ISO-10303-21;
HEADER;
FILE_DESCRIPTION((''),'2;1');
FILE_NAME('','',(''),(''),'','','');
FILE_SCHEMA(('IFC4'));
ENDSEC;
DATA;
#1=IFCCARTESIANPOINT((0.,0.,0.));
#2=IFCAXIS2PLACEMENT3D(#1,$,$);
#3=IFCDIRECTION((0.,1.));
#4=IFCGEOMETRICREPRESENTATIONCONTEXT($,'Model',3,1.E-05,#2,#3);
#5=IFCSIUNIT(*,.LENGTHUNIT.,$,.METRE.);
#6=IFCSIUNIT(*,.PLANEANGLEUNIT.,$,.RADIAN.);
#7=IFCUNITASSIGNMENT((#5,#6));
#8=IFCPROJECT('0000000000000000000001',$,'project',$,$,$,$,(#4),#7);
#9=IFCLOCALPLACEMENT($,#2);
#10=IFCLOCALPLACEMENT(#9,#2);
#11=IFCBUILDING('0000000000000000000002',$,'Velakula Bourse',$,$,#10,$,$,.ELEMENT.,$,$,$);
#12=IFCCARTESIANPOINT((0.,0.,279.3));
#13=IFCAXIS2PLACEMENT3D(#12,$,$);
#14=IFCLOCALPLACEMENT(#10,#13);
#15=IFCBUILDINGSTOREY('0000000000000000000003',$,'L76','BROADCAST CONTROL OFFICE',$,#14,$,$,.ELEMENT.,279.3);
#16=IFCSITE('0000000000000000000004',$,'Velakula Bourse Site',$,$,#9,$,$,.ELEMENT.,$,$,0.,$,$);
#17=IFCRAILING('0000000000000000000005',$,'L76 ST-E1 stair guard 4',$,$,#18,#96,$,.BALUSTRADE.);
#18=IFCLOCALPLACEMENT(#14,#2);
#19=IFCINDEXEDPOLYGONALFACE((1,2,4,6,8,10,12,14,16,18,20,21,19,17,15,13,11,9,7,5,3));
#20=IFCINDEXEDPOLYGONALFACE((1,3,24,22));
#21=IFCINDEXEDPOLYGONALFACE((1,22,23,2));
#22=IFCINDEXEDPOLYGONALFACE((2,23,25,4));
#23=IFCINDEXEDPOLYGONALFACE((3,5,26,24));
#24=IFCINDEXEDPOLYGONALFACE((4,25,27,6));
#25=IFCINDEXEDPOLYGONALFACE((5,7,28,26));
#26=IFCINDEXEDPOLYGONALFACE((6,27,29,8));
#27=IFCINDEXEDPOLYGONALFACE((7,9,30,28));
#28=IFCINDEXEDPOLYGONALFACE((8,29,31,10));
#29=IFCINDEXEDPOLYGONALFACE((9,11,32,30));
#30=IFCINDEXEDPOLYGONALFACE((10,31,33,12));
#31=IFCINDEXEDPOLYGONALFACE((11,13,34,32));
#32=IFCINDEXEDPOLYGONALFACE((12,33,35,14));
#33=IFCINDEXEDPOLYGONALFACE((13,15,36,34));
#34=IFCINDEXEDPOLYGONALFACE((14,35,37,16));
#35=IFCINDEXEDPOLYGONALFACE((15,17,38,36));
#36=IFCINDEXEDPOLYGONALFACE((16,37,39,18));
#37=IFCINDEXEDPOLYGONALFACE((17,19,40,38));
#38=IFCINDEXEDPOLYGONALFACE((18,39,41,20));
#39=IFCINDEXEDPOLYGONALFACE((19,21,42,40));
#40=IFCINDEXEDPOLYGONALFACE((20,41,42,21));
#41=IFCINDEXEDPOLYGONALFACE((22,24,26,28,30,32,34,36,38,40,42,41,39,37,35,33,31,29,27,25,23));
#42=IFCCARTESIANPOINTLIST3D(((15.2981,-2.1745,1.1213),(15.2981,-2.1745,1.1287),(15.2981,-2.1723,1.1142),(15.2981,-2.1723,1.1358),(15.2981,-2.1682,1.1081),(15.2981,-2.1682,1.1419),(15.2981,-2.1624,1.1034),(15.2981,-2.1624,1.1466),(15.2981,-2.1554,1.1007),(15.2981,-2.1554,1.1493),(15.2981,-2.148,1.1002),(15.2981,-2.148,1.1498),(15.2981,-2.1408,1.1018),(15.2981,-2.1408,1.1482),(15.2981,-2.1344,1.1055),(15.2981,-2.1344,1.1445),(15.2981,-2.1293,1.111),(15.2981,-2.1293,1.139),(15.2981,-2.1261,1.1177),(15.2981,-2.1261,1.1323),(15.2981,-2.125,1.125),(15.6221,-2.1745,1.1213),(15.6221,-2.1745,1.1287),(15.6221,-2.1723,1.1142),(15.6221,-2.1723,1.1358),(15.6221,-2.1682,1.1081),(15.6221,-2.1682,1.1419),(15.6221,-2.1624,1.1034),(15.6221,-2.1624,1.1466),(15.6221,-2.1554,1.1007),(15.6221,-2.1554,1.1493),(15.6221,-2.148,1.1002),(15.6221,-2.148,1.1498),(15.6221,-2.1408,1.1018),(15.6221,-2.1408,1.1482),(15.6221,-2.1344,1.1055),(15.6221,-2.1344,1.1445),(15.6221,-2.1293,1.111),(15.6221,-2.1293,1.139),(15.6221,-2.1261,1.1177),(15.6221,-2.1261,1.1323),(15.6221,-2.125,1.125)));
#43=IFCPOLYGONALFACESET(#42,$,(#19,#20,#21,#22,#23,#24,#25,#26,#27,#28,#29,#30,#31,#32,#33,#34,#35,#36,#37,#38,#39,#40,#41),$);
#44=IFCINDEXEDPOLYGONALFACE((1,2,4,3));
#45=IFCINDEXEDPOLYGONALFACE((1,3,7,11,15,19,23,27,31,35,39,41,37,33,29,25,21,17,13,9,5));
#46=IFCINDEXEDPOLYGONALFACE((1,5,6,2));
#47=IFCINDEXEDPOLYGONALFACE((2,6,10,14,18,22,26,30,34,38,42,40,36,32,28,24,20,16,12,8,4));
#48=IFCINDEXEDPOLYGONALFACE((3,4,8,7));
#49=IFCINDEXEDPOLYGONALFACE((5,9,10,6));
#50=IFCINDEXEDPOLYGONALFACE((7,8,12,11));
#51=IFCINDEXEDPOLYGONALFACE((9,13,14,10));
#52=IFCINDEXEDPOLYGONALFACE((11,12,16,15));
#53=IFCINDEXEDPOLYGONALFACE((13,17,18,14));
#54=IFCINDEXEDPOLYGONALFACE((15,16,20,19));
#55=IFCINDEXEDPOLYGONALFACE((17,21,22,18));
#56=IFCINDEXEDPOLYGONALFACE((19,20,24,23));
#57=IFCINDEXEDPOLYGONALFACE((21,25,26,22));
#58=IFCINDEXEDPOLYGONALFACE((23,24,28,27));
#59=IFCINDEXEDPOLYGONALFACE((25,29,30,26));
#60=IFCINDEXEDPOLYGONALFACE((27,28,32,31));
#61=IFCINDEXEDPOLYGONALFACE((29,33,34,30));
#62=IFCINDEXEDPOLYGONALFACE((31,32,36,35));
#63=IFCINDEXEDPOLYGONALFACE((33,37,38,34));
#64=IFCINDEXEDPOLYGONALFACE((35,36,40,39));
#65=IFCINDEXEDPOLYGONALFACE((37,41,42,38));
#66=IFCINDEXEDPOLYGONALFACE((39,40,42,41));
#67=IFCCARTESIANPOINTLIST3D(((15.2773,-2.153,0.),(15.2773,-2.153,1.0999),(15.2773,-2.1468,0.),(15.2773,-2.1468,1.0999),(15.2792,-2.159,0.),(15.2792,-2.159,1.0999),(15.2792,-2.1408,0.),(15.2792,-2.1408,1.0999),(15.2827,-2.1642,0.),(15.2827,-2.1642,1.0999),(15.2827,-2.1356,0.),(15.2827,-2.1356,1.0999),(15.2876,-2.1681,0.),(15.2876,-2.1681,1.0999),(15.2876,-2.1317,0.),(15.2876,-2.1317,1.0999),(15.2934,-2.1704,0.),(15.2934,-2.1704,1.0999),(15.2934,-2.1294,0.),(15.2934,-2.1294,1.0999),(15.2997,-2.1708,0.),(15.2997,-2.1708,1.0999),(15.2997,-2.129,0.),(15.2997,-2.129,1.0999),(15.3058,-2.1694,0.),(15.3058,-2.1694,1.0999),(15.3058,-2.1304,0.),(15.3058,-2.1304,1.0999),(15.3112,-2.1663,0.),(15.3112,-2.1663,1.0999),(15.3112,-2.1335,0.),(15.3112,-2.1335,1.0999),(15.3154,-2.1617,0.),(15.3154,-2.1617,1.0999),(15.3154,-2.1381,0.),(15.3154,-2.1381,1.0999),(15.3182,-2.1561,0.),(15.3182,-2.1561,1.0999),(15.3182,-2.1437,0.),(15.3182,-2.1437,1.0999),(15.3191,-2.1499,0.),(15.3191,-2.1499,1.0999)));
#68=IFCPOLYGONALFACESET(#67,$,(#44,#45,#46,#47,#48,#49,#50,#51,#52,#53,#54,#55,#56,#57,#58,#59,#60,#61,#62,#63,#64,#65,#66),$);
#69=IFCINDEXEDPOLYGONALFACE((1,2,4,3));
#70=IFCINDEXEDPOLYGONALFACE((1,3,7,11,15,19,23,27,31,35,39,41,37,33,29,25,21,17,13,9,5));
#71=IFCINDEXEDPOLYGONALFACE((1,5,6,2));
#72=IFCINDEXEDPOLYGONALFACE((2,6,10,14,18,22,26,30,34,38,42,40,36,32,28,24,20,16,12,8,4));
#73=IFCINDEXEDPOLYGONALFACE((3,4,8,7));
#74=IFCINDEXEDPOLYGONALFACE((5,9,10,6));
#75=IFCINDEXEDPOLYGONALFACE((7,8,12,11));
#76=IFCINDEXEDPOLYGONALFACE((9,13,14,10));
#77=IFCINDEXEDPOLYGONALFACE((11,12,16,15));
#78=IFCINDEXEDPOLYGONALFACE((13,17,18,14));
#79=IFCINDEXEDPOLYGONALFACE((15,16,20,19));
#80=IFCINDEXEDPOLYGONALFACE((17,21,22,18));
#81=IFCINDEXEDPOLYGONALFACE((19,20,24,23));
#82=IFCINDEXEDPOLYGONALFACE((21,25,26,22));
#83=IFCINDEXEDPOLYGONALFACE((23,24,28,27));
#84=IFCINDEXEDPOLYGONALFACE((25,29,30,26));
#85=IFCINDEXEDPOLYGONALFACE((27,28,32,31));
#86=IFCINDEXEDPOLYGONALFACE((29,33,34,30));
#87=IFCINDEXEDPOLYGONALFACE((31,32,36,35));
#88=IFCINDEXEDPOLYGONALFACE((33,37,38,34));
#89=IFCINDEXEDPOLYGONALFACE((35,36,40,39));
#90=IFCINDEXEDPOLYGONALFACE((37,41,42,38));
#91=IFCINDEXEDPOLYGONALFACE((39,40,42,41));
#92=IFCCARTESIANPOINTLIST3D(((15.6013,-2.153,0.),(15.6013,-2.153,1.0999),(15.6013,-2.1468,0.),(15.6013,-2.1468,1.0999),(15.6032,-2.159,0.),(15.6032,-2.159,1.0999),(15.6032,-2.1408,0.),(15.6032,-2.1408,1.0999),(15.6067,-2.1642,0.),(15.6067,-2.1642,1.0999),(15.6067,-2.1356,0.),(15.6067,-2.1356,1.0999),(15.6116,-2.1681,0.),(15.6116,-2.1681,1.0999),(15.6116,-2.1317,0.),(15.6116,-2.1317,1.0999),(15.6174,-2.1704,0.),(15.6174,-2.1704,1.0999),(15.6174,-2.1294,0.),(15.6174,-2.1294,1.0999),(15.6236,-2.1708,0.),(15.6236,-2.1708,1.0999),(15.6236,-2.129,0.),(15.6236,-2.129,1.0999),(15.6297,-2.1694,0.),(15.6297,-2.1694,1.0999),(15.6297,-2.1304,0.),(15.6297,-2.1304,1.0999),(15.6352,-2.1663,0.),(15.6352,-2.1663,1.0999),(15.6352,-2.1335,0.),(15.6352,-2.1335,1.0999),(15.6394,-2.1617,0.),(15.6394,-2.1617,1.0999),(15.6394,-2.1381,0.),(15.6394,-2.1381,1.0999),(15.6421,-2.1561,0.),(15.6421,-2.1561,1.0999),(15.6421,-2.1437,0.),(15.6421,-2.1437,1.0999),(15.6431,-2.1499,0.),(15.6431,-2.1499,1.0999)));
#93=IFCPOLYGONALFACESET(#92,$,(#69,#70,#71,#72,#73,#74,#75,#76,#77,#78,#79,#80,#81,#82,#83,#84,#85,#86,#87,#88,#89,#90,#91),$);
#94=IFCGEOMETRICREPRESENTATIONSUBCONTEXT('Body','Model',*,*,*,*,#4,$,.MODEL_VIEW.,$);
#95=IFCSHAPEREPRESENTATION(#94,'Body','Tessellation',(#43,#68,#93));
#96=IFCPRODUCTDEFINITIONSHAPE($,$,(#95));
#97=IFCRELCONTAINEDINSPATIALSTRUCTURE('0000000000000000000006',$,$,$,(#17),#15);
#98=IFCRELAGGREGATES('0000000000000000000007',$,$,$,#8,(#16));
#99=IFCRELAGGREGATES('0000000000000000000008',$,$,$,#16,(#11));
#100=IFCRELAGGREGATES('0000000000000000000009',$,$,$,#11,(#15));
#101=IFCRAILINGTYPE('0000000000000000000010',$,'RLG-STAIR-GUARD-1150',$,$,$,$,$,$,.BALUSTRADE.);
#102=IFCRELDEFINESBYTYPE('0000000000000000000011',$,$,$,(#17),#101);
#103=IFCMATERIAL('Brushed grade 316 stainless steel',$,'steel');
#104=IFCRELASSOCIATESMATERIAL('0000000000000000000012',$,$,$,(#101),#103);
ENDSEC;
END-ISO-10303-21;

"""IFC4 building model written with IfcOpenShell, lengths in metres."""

from ifc_helpers import new_model, si_unit, direction, frame, origin, origin_2d, place, context, subcontext, project, spatial, circle, extrude, material, type_object, element, save


model = new_model("IFC4")

# Units and contexts
model_context = context("Model", 3, precision=1e-05, world=origin(), true_north=direction((0.0, 1.0)))
body_context = subcontext(model_context, "Body", "Model", "MODEL_VIEW")
ifc_project = project(units=[si_unit("LENGTHUNIT", "METRE"), si_unit("PLANEANGLEUNIT", "RADIAN")], contexts=[model_context])

# Site, building, storey
site_placement = place(None, origin())
site = spatial("IfcSite", under=ifc_project, at=site_placement, Name="Velakula Bourse Site", CompositionType="ELEMENT", RefElevation=0.0)
building_placement = place(site_placement, origin())
building = spatial("IfcBuilding", under=site, at=building_placement, Name="Velakula Bourse", CompositionType="ELEMENT")
storey_placement = place(building_placement, frame((0.0, 0.0, 279.3)))
storey = spatial("IfcBuildingStorey", under=building, at=storey_placement, Name="L76", Description="BROADCAST CONTROL OFFICE", CompositionType="ELEMENT", Elevation=279.3)

# Shared definitions
ifc_material_1 = material(Name="Brushed grade 316 stainless steel", Category="steel")

# Railing
railing_type_1 = type_object("IfcRailingType", Name="RLG-STAIR-GUARD-1150", PredefinedType="BALUSTRADE", material=ifc_material_1)
railing_1_placement = place(storey_placement, frame((15.2981, -2.1499, 0.0)))
element("IfcRailing", 1, at=railing_1_placement, inside=storey, type_object=railing_type_1, Name="L76 ST-E1 stair guard 4", PredefinedType="BALUSTRADE", context=body_context, shape_type="SweptSolid", body=[
    extrude(circle(Radius=0.0249, at=origin_2d()), frame((0.0, 0.0, 1.125), z_axis=(1.0, 0.0, 0.0), x_axis=(0.0, 1.0, 0.0)), (0.0, 0.0, 1.0), 0.324),
    extrude(circle(Radius=0.021, at=origin_2d()), origin(), (0.0, 0.0, 1.0), 1.0999),
    extrude(circle(Radius=0.021, at=origin_2d()), frame((0.324, 0.0, 0.0)), (0.0, 0.0, 1.0), 1.0999),
])

save(model, "model.ifc")
